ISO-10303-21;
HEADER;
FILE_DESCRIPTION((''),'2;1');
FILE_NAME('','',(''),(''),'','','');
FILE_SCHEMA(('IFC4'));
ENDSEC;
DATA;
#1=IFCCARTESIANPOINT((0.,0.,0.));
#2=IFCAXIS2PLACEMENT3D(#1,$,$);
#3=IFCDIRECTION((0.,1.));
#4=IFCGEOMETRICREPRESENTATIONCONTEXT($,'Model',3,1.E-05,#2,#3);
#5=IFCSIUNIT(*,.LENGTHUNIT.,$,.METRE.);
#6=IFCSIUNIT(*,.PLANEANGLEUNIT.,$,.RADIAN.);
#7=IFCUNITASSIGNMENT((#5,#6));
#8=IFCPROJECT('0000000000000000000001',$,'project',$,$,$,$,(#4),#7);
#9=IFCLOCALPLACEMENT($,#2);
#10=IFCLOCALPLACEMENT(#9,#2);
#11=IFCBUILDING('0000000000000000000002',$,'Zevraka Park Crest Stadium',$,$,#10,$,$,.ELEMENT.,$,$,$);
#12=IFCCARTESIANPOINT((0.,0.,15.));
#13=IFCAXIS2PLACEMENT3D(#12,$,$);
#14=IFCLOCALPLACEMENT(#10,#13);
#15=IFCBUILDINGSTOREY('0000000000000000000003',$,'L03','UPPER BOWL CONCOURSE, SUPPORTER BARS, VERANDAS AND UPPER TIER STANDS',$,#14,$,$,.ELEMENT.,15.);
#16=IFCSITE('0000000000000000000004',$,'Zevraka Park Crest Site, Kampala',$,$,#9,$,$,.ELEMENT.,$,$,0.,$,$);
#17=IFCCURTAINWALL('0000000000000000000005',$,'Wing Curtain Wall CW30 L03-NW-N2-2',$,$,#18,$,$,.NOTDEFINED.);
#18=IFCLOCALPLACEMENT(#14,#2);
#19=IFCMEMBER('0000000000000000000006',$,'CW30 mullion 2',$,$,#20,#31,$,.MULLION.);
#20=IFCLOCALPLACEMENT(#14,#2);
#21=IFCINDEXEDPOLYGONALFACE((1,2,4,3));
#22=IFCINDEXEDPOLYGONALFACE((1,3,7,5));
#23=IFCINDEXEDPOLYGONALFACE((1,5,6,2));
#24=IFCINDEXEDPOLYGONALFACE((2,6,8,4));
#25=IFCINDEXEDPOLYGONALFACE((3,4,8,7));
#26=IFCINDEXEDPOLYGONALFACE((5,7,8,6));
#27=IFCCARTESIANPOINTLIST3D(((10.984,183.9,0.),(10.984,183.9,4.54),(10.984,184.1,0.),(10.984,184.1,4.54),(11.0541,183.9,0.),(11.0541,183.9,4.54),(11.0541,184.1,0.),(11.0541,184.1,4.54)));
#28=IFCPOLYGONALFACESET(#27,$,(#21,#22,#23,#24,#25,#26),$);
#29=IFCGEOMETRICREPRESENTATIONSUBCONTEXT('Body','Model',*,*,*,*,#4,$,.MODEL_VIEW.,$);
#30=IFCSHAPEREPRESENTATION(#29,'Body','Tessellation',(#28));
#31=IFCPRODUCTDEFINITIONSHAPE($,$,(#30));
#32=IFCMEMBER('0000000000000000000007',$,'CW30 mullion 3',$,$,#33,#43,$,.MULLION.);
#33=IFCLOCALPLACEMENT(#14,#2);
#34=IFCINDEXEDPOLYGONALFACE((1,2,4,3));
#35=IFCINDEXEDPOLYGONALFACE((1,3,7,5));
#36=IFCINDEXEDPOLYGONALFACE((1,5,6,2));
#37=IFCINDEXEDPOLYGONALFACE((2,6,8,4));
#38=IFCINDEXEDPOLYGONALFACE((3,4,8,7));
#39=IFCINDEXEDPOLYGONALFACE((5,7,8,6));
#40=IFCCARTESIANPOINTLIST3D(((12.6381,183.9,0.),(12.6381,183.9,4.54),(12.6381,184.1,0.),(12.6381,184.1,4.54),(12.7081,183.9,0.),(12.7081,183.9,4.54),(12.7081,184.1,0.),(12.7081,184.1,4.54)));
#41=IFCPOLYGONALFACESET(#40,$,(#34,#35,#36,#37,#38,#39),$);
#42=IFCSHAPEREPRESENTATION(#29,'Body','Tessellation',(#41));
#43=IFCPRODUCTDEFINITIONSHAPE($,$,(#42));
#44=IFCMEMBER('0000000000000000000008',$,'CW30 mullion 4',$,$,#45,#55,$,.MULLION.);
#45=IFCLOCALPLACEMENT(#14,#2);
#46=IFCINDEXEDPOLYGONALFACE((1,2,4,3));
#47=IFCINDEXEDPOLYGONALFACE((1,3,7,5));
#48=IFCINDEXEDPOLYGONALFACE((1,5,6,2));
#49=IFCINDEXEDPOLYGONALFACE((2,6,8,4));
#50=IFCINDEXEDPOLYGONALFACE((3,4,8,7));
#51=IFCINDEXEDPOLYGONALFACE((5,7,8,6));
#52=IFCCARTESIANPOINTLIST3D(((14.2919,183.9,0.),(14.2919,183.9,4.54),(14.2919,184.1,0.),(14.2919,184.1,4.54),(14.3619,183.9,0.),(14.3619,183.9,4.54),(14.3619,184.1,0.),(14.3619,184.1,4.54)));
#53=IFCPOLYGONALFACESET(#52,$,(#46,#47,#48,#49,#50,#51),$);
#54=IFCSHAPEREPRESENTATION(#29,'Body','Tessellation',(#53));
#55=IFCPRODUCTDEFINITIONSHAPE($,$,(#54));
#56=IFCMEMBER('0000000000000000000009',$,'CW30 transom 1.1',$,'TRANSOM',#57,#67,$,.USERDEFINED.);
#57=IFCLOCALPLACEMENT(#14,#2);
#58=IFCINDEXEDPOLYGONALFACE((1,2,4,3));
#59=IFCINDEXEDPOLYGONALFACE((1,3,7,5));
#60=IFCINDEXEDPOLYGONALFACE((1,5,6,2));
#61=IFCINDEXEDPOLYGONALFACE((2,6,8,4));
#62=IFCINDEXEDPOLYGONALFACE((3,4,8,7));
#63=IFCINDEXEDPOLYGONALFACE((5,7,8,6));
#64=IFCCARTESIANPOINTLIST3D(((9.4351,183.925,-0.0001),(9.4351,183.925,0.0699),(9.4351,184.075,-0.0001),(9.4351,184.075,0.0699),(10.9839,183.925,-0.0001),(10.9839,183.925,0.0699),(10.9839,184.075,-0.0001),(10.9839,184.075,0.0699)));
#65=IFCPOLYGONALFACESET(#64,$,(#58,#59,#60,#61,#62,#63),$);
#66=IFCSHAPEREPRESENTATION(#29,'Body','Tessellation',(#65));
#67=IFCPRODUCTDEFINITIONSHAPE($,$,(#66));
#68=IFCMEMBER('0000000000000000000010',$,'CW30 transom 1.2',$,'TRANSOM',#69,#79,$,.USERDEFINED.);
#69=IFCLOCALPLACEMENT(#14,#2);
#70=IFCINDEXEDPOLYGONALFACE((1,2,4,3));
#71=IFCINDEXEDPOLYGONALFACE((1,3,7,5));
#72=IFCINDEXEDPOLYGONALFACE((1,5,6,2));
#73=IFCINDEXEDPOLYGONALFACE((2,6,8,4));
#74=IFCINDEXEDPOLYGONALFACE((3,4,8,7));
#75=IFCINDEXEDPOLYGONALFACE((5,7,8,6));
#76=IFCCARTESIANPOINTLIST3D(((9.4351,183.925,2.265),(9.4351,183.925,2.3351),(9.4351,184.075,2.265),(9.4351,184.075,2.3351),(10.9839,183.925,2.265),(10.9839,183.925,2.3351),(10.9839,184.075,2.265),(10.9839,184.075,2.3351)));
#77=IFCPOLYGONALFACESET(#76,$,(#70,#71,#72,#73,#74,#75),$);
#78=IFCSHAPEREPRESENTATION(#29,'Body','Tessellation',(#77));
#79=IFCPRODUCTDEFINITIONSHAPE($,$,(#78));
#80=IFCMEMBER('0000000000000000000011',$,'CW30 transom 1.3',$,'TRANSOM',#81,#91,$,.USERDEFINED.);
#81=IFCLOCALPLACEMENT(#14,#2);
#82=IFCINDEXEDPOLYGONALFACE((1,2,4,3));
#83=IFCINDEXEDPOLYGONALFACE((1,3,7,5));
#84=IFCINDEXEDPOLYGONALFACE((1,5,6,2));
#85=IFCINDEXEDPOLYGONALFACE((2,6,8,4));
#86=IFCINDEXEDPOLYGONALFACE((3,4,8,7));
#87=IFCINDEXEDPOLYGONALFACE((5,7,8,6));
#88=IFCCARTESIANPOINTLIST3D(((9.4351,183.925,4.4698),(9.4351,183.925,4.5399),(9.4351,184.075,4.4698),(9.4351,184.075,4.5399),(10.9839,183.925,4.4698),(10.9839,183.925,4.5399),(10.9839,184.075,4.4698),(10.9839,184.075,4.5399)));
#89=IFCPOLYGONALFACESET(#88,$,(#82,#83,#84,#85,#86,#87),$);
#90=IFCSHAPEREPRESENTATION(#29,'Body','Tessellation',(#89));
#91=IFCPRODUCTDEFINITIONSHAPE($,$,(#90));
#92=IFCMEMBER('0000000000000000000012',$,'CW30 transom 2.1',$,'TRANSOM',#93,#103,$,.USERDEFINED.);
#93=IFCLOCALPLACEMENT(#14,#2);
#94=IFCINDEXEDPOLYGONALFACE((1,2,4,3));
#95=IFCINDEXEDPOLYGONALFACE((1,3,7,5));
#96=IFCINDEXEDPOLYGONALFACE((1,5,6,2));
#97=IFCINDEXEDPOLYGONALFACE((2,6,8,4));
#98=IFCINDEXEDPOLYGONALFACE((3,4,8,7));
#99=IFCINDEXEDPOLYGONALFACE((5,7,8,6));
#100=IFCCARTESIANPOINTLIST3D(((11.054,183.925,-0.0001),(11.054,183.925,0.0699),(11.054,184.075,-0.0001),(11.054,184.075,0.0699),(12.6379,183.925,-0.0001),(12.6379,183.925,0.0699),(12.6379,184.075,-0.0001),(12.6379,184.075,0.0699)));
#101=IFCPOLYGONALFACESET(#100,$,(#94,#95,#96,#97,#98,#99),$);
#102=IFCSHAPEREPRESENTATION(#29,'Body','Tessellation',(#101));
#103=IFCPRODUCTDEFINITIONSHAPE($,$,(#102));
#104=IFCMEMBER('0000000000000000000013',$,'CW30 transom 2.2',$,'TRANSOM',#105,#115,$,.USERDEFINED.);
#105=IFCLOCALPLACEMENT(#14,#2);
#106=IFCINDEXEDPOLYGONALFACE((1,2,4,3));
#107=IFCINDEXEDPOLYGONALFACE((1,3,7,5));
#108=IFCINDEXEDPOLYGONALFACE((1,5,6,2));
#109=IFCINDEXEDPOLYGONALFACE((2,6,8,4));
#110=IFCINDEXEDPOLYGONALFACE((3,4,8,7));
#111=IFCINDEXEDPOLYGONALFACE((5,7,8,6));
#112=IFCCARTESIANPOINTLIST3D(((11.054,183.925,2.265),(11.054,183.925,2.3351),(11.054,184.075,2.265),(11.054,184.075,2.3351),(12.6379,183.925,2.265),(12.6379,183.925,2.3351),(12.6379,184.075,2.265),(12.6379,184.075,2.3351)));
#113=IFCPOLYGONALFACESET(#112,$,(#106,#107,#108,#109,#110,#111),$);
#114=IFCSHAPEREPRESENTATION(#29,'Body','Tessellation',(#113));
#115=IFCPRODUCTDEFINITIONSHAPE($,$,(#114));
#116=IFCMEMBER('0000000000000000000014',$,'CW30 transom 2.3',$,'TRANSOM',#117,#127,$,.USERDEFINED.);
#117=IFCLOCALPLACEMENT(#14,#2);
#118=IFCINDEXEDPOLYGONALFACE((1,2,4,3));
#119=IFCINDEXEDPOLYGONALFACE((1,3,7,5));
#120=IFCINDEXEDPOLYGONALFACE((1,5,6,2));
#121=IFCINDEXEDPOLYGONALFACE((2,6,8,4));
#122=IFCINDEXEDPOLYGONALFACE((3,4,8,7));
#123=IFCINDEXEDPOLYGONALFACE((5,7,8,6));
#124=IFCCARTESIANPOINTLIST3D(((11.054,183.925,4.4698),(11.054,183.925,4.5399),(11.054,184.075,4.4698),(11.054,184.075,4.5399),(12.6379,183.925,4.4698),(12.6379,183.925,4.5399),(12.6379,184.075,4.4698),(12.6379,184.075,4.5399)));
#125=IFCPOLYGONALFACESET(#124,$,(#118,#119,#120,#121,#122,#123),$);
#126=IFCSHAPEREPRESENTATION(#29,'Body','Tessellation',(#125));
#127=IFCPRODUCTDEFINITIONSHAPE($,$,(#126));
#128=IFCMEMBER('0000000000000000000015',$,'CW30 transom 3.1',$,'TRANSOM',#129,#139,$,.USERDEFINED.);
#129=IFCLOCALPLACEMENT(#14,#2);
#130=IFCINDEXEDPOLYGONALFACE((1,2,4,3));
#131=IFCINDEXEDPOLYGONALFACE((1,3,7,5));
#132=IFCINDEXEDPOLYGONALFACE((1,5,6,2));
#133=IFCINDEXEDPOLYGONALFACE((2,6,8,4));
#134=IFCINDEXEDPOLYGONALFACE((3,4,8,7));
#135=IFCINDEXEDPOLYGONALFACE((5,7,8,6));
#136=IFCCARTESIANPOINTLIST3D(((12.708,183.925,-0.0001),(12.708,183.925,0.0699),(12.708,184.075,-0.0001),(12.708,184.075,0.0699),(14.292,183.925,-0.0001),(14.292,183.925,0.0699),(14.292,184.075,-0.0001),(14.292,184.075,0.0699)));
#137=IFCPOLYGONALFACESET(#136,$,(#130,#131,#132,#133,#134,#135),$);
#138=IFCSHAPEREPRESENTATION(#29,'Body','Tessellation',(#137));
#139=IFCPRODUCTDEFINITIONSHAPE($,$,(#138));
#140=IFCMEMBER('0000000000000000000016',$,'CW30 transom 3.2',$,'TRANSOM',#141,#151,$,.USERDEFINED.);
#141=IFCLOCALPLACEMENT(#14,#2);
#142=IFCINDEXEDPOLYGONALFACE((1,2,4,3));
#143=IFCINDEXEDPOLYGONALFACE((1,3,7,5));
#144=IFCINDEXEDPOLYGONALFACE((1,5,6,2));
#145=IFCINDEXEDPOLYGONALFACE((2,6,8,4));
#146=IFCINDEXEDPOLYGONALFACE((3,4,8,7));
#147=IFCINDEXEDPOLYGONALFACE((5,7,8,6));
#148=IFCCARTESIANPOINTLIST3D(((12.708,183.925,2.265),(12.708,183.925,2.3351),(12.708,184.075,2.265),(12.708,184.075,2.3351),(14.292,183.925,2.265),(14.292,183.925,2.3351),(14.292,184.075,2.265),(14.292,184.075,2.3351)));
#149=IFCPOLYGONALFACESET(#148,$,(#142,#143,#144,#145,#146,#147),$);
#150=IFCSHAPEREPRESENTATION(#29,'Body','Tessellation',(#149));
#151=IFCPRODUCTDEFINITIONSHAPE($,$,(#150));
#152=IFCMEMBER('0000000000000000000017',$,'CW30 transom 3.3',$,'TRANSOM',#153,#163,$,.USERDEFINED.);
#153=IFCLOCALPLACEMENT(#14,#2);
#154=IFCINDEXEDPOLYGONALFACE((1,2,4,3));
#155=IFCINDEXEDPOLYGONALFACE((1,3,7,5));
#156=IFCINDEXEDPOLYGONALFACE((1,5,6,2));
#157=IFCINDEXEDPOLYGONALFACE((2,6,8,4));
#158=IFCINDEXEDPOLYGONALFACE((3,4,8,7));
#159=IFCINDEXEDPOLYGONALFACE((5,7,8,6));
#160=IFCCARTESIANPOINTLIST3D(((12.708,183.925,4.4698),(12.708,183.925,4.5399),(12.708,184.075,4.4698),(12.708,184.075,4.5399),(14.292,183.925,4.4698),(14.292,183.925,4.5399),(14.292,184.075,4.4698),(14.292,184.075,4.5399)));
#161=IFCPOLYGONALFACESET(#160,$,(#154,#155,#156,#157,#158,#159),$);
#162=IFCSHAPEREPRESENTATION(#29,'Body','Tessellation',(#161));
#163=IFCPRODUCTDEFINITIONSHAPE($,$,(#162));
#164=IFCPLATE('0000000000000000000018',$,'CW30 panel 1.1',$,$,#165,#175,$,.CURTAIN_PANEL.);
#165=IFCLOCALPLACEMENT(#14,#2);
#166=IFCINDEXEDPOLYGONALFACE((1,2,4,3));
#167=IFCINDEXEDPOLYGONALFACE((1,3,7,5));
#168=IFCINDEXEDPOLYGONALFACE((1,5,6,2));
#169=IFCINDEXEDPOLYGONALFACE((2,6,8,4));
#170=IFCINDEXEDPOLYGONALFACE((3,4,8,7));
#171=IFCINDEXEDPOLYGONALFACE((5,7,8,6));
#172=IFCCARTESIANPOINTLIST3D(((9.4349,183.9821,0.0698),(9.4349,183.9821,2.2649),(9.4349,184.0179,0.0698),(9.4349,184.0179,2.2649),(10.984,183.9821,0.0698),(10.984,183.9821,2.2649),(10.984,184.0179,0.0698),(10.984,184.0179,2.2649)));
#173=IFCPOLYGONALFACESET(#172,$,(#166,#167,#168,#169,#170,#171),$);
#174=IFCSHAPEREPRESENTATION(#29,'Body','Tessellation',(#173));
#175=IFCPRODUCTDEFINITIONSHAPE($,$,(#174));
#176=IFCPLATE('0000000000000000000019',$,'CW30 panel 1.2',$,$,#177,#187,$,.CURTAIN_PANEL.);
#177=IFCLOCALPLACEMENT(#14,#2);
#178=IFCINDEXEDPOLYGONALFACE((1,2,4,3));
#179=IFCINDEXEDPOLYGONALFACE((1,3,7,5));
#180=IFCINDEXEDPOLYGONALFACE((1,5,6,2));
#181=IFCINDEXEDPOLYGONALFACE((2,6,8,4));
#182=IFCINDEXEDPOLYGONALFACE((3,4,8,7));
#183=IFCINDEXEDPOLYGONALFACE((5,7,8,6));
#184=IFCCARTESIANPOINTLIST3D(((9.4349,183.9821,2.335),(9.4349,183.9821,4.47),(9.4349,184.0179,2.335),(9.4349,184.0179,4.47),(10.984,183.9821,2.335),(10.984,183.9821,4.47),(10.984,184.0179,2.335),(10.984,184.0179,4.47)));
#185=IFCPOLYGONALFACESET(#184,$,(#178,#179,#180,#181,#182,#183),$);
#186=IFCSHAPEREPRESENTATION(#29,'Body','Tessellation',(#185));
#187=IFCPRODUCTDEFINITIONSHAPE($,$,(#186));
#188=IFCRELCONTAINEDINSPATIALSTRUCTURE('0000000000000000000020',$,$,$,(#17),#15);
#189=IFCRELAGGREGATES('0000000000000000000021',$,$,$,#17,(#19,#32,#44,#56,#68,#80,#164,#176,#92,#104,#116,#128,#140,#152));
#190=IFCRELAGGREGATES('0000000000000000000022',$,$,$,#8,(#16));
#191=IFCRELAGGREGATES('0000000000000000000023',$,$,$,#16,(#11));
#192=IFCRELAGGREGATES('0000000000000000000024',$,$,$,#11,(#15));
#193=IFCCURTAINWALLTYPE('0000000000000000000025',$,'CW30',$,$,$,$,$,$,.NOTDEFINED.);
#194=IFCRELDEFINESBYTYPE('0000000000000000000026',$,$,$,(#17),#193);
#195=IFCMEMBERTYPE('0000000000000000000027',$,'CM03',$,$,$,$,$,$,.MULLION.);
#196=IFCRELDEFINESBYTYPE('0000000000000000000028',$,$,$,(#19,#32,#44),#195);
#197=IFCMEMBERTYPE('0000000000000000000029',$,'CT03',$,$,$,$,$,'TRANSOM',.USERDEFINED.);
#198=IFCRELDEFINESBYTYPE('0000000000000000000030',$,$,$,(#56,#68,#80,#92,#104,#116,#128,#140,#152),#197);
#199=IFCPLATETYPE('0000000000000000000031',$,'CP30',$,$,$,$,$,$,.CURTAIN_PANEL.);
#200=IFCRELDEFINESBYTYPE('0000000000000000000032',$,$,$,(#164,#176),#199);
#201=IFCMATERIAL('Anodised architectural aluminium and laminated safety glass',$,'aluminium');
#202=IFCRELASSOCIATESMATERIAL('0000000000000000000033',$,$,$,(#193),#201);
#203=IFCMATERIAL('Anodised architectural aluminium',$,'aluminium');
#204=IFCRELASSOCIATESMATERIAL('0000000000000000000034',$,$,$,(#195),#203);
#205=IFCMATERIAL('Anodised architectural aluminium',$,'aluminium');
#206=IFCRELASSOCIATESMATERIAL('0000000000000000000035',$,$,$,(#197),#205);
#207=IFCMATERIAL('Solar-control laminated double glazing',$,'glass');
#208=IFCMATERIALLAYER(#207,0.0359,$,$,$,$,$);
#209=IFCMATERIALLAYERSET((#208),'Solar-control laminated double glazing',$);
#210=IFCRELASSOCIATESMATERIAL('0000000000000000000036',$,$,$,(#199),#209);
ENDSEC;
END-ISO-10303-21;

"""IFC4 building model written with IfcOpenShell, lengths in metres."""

from ifc_helpers import new_model, si_unit, direction, frame, origin, origin_2d, place, context, subcontext, project, spatial, rectangle, extrude, material, layer, layer_set, material_profile, profile_set, type_object, element, aggregate, save


model = new_model("IFC4")

# Units and contexts
model_context = context("Model", 3, precision=1e-05, world=origin(), true_north=direction((0.0, 1.0)))
body_context = subcontext(model_context, "Body", "Model", "MODEL_VIEW")
ifc_project = project(units=[si_unit("LENGTHUNIT", "METRE"), si_unit("PLANEANGLEUNIT", "RADIAN")], contexts=[model_context])

# Site, building, storey
site_placement = place(None, origin())
site = spatial("IfcSite", under=ifc_project, at=site_placement, Name="Zevraka Park Crest Site, Kampala", CompositionType="ELEMENT", RefElevation=0.0)
building_placement = place(site_placement, origin())
building = spatial("IfcBuilding", under=site, at=building_placement, Name="Zevraka Park Crest Stadium", CompositionType="ELEMENT")
storey_placement = place(building_placement, frame((0.0, 0.0, 15.0)))
storey = spatial("IfcBuildingStorey", under=building, at=storey_placement, Name="L03", Description="UPPER BOWL CONCOURSE, SUPPORTER BARS, VERANDAS AND UPPER TIER STANDS", CompositionType="ELEMENT", Elevation=15.0)

# Curtain wall, members, plates
ifc_material_1 = material(Name="Anodised architectural aluminium and laminated safety glass", Category="aluminium")
curtain_wall_type = type_object("IfcCurtainWallType", Name="CW30", PredefinedType="NOTDEFINED", material=ifc_material_1)
curtain_wall_placement = place(storey_placement, origin())
curtain_wall = element("IfcCurtainWall", 1, at=curtain_wall_placement, inside=storey, type_object=curtain_wall_type, Name="Wing Curtain Wall CW30 L03-NW-N2-2", PredefinedType="NOTDEFINED")
ifc_material_2 = material(Name="Anodised architectural aluminium", Category="aluminium")
ifc_material_profile_1 = material_profile(ifc_material_2, rectangle(XDim=0.2, YDim=0.0701, at=origin_2d()), Name="ALU MULLION 200x70")
ifc_profile_set_1 = profile_set([ifc_material_profile_1], Name="Anodised architectural aluminium")
member_type_1 = type_object("IfcMemberType", Name="CM03", PredefinedType="MULLION", material=ifc_profile_set_1)
member_1_placement = place(storey_placement, frame((11.019, 184.0, 0.0), z_axis=(0.0, 0.0, 1.0), x_axis=(0.0, 1.0, 0.0)))
member_1 = element("IfcMember", 2, at=member_1_placement, type_object=member_type_1, Name="CW30 mullion 2", PredefinedType="MULLION", context=body_context, shape_type="SweptSolid", body=[
    extrude(rectangle(XDim=0.2, YDim=0.0701, at=origin_2d()), origin(), (0.0, 0.0, 1.0), 4.54),
])
member_2_placement = place(storey_placement, frame((12.6731, 184.0, 0.0), z_axis=(0.0, 0.0, 1.0), x_axis=(0.0, 1.0, 0.0)))
member_2 = element("IfcMember", 3, at=member_2_placement, type_object=member_type_1, Name="CW30 mullion 3", PredefinedType="MULLION", context=body_context, shape_type="SweptSolid", body=[
    extrude(rectangle(XDim=0.2, YDim=0.0701, at=origin_2d()), origin(), (0.0, 0.0, 1.0), 4.54),
])
member_3_placement = place(storey_placement, frame((14.3269, 184.0, 0.0), z_axis=(0.0, 0.0, 1.0), x_axis=(0.0, 1.0, 0.0)))
member_3 = element("IfcMember", 4, at=member_3_placement, type_object=member_type_1, Name="CW30 mullion 4", PredefinedType="MULLION", context=body_context, shape_type="SweptSolid", body=[
    extrude(rectangle(XDim=0.2, YDim=0.0701, at=origin_2d()), origin(), (0.0, 0.0, 1.0), 4.54),
])
ifc_material_3 = material(Name="Anodised architectural aluminium", Category="aluminium")
ifc_material_profile_2 = material_profile(ifc_material_3, rectangle(XDim=0.1499, YDim=0.0701, at=origin_2d()), Name="ALU TRANSOM 150x70")
ifc_profile_set_2 = profile_set([ifc_material_profile_2], Name="Anodised architectural aluminium")
member_type_2 = type_object("IfcMemberType", Name="CT03", ElementType="TRANSOM", PredefinedType="USERDEFINED", material=ifc_profile_set_2)
member_4_placement = place(storey_placement, frame((9.4351, 184.0, 0.0349), z_axis=(1.0, 0.0, 0.0), x_axis=(0.0, 1.0, 0.0)))
member_4 = element("IfcMember", 5, at=member_4_placement, type_object=member_type_2, Name="CW30 transom 1.1", ObjectType="TRANSOM", PredefinedType="USERDEFINED", context=body_context, shape_type="SweptSolid", body=[
    extrude(rectangle(XDim=0.1499, YDim=0.0701, at=origin_2d()), origin(), (0.0, 0.0, 1.0), 1.5488),
])
member_5_placement = place(storey_placement, frame((9.4351, 184.0, 2.3), z_axis=(1.0, 0.0, 0.0), x_axis=(0.0, 1.0, 0.0)))
member_5 = element("IfcMember", 6, at=member_5_placement, type_object=member_type_2, Name="CW30 transom 1.2", ObjectType="TRANSOM", PredefinedType="USERDEFINED", context=body_context, shape_type="SweptSolid", body=[
    extrude(rectangle(XDim=0.1499, YDim=0.0701, at=origin_2d()), origin(), (0.0, 0.0, 1.0), 1.5488),
])
member_6_placement = place(storey_placement, frame((9.4351, 184.0, 4.5049), z_axis=(1.0, 0.0, 0.0), x_axis=(0.0, 1.0, 0.0)))
member_6 = element("IfcMember", 7, at=member_6_placement, type_object=member_type_2, Name="CW30 transom 1.3", ObjectType="TRANSOM", PredefinedType="USERDEFINED", context=body_context, shape_type="SweptSolid", body=[
    extrude(rectangle(XDim=0.1499, YDim=0.0701, at=origin_2d()), origin(), (0.0, 0.0, 1.0), 1.5488),
])
member_7_placement = place(storey_placement, frame((11.054, 184.0, 0.0349), z_axis=(1.0, 0.0, 0.0), x_axis=(0.0, 1.0, 0.0)))
member_7 = element("IfcMember", 8, at=member_7_placement, type_object=member_type_2, Name="CW30 transom 2.1", ObjectType="TRANSOM", PredefinedType="USERDEFINED", context=body_context, shape_type="SweptSolid", body=[
    extrude(rectangle(XDim=0.1499, YDim=0.0701, at=origin_2d()), origin(), (0.0, 0.0, 1.0), 1.584),
])
member_8_placement = place(storey_placement, frame((11.054, 184.0, 2.3), z_axis=(1.0, 0.0, 0.0), x_axis=(0.0, 1.0, 0.0)))
member_8 = element("IfcMember", 9, at=member_8_placement, type_object=member_type_2, Name="CW30 transom 2.2", ObjectType="TRANSOM", PredefinedType="USERDEFINED", context=body_context, shape_type="SweptSolid", body=[
    extrude(rectangle(XDim=0.1499, YDim=0.0701, at=origin_2d()), origin(), (0.0, 0.0, 1.0), 1.584),
])
member_9_placement = place(storey_placement, frame((11.054, 184.0, 4.5049), z_axis=(1.0, 0.0, 0.0), x_axis=(0.0, 1.0, 0.0)))
member_9 = element("IfcMember", 10, at=member_9_placement, type_object=member_type_2, Name="CW30 transom 2.3", ObjectType="TRANSOM", PredefinedType="USERDEFINED", context=body_context, shape_type="SweptSolid", body=[
    extrude(rectangle(XDim=0.1499, YDim=0.0701, at=origin_2d()), origin(), (0.0, 0.0, 1.0), 1.584),
])
member_10_placement = place(storey_placement, frame((12.708, 184.0, 0.0349), z_axis=(1.0, 0.0, 0.0), x_axis=(0.0, 1.0, 0.0)))
member_10 = element("IfcMember", 11, at=member_10_placement, type_object=member_type_2, Name="CW30 transom 3.1", ObjectType="TRANSOM", PredefinedType="USERDEFINED", context=body_context, shape_type="SweptSolid", body=[
    extrude(rectangle(XDim=0.1499, YDim=0.0701, at=origin_2d()), origin(), (0.0, 0.0, 1.0), 1.584),
])
member_11_placement = place(storey_placement, frame((12.708, 184.0, 2.3), z_axis=(1.0, 0.0, 0.0), x_axis=(0.0, 1.0, 0.0)))
member_11 = element("IfcMember", 12, at=member_11_placement, type_object=member_type_2, Name="CW30 transom 3.2", ObjectType="TRANSOM", PredefinedType="USERDEFINED", context=body_context, shape_type="SweptSolid", body=[
    extrude(rectangle(XDim=0.1499, YDim=0.0701, at=origin_2d()), origin(), (0.0, 0.0, 1.0), 1.584),
])
member_12_placement = place(storey_placement, frame((12.708, 184.0, 4.5049), z_axis=(1.0, 0.0, 0.0), x_axis=(0.0, 1.0, 0.0)))
member_12 = element("IfcMember", 13, at=member_12_placement, type_object=member_type_2, Name="CW30 transom 3.3", ObjectType="TRANSOM", PredefinedType="USERDEFINED", context=body_context, shape_type="SweptSolid", body=[
    extrude(rectangle(XDim=0.1499, YDim=0.0701, at=origin_2d()), origin(), (0.0, 0.0, 1.0), 1.584),
])
ifc_material_4 = material(Name="Solar-control laminated double glazing", Category="glass")
ifc_layer_1 = layer(ifc_material_4, 0.0359)
ifc_layer_set_1 = layer_set([ifc_layer_1], Name="Solar-control laminated double glazing")
plate_type = type_object("IfcPlateType", Name="CP30", PredefinedType="CURTAIN_PANEL", material=ifc_layer_set_1)
plate_1_placement = place(storey_placement, frame((10.2095, 184.0, 0.0698), z_axis=(0.0, 0.0, 1.0), x_axis=(1.0, 0.0, 0.0)))
plate_1 = element("IfcPlate", 14, at=plate_1_placement, type_object=plate_type, Name="CW30 panel 1.1", PredefinedType="CURTAIN_PANEL", context=body_context, shape_type="SweptSolid", body=[
    extrude(rectangle(XDim=1.5491, YDim=0.0359, at=origin_2d()), origin(), (0.0, 0.0, 1.0), 2.1951),
])
plate_2_placement = place(storey_placement, frame((10.2095, 184.0, 2.335), z_axis=(0.0, 0.0, 1.0), x_axis=(1.0, 0.0, 0.0)))
plate_2 = element("IfcPlate", 15, at=plate_2_placement, type_object=plate_type, Name="CW30 panel 1.2", PredefinedType="CURTAIN_PANEL", context=body_context, shape_type="SweptSolid", body=[
    extrude(rectangle(XDim=1.5491, YDim=0.0359, at=origin_2d()), origin(), (0.0, 0.0, 1.0), 2.135),
])
aggregate(curtain_wall, [member_1, member_2, member_3, member_4, member_5, member_6, plate_1, plate_2, member_7, member_8, member_9, member_10, member_11, member_12])

save(model, "model.ifc")
